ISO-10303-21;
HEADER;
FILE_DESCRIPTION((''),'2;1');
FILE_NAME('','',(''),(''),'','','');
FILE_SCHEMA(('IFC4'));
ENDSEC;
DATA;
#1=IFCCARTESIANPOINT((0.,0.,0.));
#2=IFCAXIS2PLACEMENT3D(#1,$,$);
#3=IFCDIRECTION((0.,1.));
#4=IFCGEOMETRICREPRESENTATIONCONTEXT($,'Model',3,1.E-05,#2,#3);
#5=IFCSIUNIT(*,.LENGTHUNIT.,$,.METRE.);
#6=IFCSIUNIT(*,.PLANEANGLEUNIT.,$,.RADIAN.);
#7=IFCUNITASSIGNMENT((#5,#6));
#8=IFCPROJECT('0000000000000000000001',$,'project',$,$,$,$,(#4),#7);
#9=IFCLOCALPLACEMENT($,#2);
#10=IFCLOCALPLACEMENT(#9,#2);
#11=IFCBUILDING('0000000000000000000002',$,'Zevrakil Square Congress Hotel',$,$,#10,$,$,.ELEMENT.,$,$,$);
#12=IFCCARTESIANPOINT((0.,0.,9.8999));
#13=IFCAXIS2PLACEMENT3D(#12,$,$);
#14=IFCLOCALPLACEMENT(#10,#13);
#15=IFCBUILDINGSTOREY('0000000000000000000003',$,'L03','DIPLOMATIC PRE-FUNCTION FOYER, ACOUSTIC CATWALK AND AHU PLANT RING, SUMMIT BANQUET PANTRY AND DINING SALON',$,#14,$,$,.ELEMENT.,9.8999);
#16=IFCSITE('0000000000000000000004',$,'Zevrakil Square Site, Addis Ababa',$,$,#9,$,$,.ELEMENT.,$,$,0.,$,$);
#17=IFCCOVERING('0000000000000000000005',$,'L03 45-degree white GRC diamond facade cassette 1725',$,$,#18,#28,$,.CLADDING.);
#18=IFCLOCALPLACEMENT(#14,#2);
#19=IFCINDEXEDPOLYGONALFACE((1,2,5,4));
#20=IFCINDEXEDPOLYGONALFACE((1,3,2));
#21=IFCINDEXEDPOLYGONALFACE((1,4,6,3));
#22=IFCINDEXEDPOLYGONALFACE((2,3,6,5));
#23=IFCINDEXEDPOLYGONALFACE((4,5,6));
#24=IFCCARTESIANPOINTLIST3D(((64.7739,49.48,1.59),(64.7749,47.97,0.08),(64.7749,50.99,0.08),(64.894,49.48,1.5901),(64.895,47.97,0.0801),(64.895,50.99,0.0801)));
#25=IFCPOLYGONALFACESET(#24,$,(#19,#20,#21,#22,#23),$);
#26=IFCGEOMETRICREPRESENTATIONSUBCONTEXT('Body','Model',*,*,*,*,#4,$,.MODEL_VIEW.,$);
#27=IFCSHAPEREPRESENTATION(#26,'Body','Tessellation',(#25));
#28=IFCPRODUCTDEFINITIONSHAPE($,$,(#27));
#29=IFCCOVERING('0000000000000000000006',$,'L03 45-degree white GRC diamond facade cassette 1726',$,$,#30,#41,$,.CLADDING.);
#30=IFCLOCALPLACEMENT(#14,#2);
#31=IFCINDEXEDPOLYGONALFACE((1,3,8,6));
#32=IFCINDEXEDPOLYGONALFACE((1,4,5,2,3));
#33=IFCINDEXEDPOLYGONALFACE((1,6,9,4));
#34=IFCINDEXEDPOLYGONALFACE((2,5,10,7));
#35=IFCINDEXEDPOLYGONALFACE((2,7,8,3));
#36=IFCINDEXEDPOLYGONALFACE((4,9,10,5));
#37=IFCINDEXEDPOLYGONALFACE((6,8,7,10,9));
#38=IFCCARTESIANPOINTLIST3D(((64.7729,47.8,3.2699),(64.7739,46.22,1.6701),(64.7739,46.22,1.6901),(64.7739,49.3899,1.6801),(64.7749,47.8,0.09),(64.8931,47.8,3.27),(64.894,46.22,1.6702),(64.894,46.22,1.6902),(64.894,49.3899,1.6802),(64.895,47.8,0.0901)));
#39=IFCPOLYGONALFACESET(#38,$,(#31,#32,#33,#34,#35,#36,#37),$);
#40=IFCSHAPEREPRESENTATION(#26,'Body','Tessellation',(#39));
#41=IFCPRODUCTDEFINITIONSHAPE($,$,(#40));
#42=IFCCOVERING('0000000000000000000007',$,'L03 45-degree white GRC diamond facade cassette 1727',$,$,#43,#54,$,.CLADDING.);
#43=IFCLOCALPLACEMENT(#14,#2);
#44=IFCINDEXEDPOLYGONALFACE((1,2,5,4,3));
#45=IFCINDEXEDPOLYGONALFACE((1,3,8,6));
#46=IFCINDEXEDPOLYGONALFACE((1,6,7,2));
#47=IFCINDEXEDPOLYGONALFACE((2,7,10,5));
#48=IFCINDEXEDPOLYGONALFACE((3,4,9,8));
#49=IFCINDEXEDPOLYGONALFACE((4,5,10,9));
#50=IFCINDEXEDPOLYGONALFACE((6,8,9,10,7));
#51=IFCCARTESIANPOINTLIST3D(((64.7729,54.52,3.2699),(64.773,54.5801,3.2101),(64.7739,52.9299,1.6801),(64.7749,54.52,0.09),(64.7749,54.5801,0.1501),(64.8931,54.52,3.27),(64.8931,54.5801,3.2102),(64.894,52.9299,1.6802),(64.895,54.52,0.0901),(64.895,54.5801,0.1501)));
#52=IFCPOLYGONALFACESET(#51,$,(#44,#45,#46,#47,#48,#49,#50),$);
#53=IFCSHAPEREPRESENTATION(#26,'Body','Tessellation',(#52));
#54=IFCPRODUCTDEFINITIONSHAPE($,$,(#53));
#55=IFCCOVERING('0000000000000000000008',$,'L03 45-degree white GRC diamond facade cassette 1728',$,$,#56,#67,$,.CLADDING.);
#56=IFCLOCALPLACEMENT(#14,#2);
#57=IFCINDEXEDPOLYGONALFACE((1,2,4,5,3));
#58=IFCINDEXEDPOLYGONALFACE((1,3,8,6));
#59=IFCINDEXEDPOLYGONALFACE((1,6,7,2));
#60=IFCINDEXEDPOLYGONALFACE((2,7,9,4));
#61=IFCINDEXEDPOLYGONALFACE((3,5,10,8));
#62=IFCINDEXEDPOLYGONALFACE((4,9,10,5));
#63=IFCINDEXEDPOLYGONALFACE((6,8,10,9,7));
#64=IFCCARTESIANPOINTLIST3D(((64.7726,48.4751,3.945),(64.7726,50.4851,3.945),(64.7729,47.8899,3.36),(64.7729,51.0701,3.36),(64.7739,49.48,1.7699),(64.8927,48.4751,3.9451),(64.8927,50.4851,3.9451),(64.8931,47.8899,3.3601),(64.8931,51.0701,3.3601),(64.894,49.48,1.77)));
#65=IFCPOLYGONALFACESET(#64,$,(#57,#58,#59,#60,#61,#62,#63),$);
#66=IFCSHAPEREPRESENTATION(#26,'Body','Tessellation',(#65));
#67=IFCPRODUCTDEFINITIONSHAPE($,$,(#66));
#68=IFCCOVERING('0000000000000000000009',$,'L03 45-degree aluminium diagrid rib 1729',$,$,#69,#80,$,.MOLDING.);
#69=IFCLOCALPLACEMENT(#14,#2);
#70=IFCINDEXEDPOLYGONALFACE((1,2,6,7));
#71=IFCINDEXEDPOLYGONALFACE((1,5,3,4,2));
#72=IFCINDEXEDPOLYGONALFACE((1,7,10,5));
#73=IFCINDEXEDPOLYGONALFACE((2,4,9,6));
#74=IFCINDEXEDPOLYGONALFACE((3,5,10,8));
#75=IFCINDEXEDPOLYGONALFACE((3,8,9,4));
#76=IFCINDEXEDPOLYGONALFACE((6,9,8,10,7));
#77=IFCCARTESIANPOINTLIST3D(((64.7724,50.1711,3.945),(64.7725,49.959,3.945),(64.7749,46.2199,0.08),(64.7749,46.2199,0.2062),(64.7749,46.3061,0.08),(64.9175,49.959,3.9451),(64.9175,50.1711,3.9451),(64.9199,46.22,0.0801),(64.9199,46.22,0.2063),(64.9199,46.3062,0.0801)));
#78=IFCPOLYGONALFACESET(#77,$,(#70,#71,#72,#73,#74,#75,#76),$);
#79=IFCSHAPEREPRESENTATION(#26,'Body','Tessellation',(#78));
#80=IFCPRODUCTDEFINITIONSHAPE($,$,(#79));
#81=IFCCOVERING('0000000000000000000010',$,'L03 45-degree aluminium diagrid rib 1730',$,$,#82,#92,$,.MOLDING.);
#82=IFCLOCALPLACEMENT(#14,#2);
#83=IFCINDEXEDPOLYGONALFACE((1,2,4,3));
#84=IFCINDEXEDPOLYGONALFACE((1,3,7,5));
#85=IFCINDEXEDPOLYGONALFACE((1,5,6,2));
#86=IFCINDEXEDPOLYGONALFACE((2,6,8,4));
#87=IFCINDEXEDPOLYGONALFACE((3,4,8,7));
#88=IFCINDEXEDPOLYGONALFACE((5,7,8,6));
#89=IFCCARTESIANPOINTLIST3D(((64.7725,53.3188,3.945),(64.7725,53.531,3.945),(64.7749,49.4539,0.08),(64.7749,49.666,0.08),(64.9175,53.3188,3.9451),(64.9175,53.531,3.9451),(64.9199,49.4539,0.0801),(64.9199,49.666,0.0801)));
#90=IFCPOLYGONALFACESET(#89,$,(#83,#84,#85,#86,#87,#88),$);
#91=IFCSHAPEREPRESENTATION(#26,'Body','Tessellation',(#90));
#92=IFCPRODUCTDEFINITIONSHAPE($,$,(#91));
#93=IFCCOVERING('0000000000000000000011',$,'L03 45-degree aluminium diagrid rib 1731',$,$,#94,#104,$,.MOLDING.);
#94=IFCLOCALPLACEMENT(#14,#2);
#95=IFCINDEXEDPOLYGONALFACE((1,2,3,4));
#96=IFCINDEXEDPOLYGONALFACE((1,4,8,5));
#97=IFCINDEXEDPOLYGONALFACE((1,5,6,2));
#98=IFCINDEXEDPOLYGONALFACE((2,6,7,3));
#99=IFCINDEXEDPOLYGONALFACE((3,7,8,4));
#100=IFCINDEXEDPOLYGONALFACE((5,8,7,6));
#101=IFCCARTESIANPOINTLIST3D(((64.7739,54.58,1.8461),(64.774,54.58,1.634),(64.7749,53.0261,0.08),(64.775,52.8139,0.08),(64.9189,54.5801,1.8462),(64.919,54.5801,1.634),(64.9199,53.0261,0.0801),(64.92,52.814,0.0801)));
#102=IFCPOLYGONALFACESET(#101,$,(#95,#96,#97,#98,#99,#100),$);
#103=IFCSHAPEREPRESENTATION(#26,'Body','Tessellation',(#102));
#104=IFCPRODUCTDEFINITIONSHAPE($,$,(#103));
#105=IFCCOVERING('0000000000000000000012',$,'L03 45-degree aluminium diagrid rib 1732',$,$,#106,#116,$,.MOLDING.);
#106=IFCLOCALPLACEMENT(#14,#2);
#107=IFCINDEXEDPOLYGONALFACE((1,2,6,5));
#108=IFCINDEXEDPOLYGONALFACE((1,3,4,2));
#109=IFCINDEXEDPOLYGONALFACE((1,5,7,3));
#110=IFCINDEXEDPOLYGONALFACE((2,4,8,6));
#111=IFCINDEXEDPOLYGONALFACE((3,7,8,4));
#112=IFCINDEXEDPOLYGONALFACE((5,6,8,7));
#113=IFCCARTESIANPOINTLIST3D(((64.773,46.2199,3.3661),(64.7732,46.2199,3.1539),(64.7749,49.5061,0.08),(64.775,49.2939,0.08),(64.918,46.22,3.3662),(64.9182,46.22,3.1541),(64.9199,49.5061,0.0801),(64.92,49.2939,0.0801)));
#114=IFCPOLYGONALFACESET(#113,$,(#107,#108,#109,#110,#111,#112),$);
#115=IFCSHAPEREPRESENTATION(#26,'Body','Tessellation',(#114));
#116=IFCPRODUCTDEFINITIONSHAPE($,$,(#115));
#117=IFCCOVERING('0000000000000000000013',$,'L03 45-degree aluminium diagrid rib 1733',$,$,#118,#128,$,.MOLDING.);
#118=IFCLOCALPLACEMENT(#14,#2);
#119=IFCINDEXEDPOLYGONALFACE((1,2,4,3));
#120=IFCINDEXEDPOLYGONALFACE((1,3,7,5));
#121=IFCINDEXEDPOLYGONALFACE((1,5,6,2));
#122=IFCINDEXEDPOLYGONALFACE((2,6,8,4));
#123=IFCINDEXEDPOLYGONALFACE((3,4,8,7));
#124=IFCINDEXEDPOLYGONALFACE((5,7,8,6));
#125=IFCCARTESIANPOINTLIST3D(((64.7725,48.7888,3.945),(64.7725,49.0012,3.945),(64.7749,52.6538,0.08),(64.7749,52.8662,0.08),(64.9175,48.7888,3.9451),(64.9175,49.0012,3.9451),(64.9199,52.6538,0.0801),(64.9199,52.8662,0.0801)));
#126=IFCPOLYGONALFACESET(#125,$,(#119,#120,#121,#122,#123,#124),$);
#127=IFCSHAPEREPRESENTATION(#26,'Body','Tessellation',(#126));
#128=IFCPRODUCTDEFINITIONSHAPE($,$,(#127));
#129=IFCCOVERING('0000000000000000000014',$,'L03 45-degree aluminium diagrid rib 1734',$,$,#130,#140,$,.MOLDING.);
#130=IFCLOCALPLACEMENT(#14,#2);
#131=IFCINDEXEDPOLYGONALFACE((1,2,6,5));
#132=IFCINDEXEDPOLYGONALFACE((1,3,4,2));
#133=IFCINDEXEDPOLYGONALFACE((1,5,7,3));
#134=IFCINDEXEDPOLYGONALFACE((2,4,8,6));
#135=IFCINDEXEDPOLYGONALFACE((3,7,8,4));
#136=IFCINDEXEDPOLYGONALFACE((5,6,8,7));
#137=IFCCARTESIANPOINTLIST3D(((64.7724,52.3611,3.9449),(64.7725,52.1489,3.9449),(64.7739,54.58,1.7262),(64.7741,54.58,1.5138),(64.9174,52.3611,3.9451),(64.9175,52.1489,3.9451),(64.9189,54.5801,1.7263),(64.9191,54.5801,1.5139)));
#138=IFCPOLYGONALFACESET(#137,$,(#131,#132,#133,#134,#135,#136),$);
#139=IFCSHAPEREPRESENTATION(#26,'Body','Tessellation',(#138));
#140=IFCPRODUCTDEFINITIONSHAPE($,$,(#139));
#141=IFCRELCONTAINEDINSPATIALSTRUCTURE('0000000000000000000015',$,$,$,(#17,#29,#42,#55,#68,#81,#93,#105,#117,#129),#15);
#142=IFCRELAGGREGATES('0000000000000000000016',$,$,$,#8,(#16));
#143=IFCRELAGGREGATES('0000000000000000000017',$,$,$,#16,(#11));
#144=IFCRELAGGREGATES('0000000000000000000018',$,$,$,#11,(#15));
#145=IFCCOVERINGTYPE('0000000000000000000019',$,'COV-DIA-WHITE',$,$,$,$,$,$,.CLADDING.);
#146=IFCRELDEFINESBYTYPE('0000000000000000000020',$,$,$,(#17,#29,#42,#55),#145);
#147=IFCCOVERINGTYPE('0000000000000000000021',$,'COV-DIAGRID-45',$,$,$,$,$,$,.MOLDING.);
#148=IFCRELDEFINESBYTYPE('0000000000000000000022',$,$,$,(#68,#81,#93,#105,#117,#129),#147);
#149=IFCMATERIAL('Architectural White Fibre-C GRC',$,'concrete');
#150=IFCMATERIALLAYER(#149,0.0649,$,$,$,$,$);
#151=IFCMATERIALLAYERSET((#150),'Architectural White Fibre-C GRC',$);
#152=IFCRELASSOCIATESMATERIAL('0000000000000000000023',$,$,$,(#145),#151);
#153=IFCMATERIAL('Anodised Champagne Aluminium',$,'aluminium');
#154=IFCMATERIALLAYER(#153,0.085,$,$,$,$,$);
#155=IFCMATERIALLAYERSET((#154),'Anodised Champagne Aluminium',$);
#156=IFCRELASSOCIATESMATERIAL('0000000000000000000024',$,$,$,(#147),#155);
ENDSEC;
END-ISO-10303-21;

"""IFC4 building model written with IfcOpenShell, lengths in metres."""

from ifc_helpers import new_model, si_unit, direction, frame, origin, place, context, subcontext, project, spatial, polyline, outline, extrude, material, layer, layer_set, type_object, element, save


model = new_model("IFC4")

# Units and contexts
model_context = context("Model", 3, precision=1e-05, world=origin(), true_north=direction((0.0, 1.0)))
body_context = subcontext(model_context, "Body", "Model", "MODEL_VIEW")
ifc_project = project(units=[si_unit("LENGTHUNIT", "METRE"), si_unit("PLANEANGLEUNIT", "RADIAN")], contexts=[model_context])

# Site, building, storey
site_placement = place(None, origin())
site = spatial("IfcSite", under=ifc_project, at=site_placement, Name="Zevrakil Square Site, Addis Ababa", CompositionType="ELEMENT", RefElevation=0.0)
building_placement = place(site_placement, origin())
building = spatial("IfcBuilding", under=site, at=building_placement, Name="Zevrakil Square Congress Hotel", CompositionType="ELEMENT")
storey_placement = place(building_placement, frame((0.0, 0.0, 9.8999)))
storey = spatial("IfcBuildingStorey", under=building, at=storey_placement, Name="L03", Description="DIPLOMATIC PRE-FUNCTION FOYER, ACOUSTIC CATWALK AND AHU PLANT RING, SUMMIT BANQUET PANTRY AND DINING SALON", CompositionType="ELEMENT", Elevation=9.8999)

# Coverings
ifc_material_1 = material(Name="Architectural White Fibre-C GRC", Category="concrete")
ifc_layer_1 = layer(ifc_material_1, 0.0649)
ifc_layer_set_1 = layer_set([ifc_layer_1], Name="Architectural White Fibre-C GRC")
covering_type_1 = type_object("IfcCoveringType", Name="COV-DIA-WHITE", PredefinedType="CLADDING", material=ifc_layer_set_1)
covering_1_placement = place(storey_placement, frame((64.894, 49.48, 1.5901), z_axis=(1.0, 0.0, 0.000647), x_axis=(0.000457, 0.707107, -0.707107)))
element("IfcCovering", 1, at=covering_1_placement, inside=storey, type_object=covering_type_1, Name="L03 45-degree white GRC diamond facade cassette 1725", PredefinedType="CLADDING", context=body_context, shape_type="SweptSolid", body=[
    extrude(outline(polyline([(0.0, 0.0), (2.1355, 0.0), (0.0, -2.1355), (0.0, 0.0)])), origin(), (0.0, 0.0, -1.0), 0.1201),
])
covering_2_placement = place(storey_placement, frame((64.8931, 47.8, 3.27), z_axis=(1.0, 0.0, 0.000612), x_axis=(0.000433, 0.707107, -0.707107)))
element("IfcCovering", 2, at=covering_2_placement, inside=storey, type_object=covering_type_1, Name="L03 45-degree white GRC diamond facade cassette 1726", PredefinedType="CLADDING", context=body_context, shape_type="SweptSolid", body=[
    extrude(outline(polyline([(0.0, 0.0), (2.2484, 0.0), (2.2486, -2.2486), (0.014, -2.2486), (-0.0002, -2.2344), (0.0, 0.0)])), origin(), (0.0, 0.0, -1.0), 0.1201),
])
covering_3_placement = place(storey_placement, frame((64.895, 54.52, 0.0901), z_axis=(1.0, 0.0, 0.000615), x_axis=(-0.000435, -0.707107, 0.707107)))
element("IfcCovering", 3, at=covering_3_placement, inside=storey, type_object=covering_type_1, Name="L03 45-degree white GRC diamond facade cassette 1727", PredefinedType="CLADDING", context=body_context, shape_type="SweptSolid", body=[
    extrude(outline(polyline([(0.0, 0.0), (2.2487, 0.0), (2.2486, -2.2486), (2.1638, -2.2487), (0.0, -0.0849), (0.0, 0.0)])), origin(), (0.0, 0.0, -1.0), 0.1201),
])
covering_4_placement = place(storey_placement, frame((64.8931, 51.0701, 3.3601), z_axis=(1.0, 0.0, 0.000601), x_axis=(0.000425, -0.707107, -0.707107)))
element("IfcCovering", 4, at=covering_4_placement, inside=storey, type_object=covering_type_1, Name="L03 45-degree white GRC diamond facade cassette 1728", PredefinedType="CLADDING", context=body_context, shape_type="SweptSolid", body=[
    extrude(outline(polyline([(0.0, 0.0), (2.2487, 0.0), (2.2487, -2.2487), (1.4213, -2.2486), (0.0, -0.8273), (0.0, 0.0)])), origin(), (0.0, 0.0, -1.0), 0.1201),
])
ifc_material_2 = material(Name="Anodised Champagne Aluminium", Category="aluminium")
ifc_layer_2 = layer(ifc_material_2, 0.085)
ifc_layer_set_2 = layer_set([ifc_layer_2], Name="Anodised Champagne Aluminium")
covering_type_2 = type_object("IfcCoveringType", Name="COV-DIAGRID-45", PredefinedType="MOLDING", material=ifc_layer_set_2)
covering_5_placement = place(storey_placement, frame((64.9199, 46.3062, 0.0801), z_axis=(1.0, 0.00019, 0.000448), x_axis=(0.00019, -1.0, 0.0)))
element("IfcCovering", 5, at=covering_5_placement, inside=storey, type_object=covering_type_2, Name="L03 45-degree aluminium diagrid rib 1729", PredefinedType="MOLDING", context=body_context, shape_type="SweptSolid", body=[
    extrude(outline(polyline([(0.0, 0.0), (0.0862, 0.0), (0.0862, -0.1262), (-3.6528, -3.865), (-3.865, -3.865), (0.0, 0.0)])), origin(), (0.0, 0.0, -1.0), 0.145),
])
covering_6_placement = place(storey_placement, frame((64.9199, 49.666, 0.0801), z_axis=(1.0, 0.0, 0.000632), x_axis=(0.0, -1.0, 0.0)))
element("IfcCovering", 6, at=covering_6_placement, inside=storey, type_object=covering_type_2, Name="L03 45-degree aluminium diagrid rib 1730", PredefinedType="MOLDING", context=body_context, shape_type="SweptSolid", body=[
    extrude(outline(polyline([(0.0, 0.0), (0.2122, 0.0), (-3.6528, -3.865), (-3.865, -3.865), (0.0, 0.0)])), origin(), (0.0, 0.0, -1.0), 0.145),
])
covering_7_placement = place(storey_placement, frame((64.9199, 53.0261, 0.0801), z_axis=(1.0, 0.000294, 0.000294), x_axis=(0.000294, -1.0, 0.0)))
element("IfcCovering", 7, at=covering_7_placement, inside=storey, type_object=covering_type_2, Name="L03 45-degree aluminium diagrid rib 1731", PredefinedType="MOLDING", context=body_context, shape_type="SweptSolid", body=[
    extrude(outline(polyline([(0.0, 0.0), (0.2122, 0.0), (-1.554, -1.7661), (-1.554, -1.554), (0.0, 0.0)])), origin(), (0.0, 0.0, -1.0), 0.145),
])
covering_8_placement = place(storey_placement, frame((64.9182, 46.22, 3.1541), z_axis=(1.0, 0.000287, 0.000863), x_axis=(-0.000863, 0.0, 1.0)))
element("IfcCovering", 8, at=covering_8_placement, inside=storey, type_object=covering_type_2, Name="L03 45-degree aluminium diagrid rib 1732", PredefinedType="MOLDING", context=body_context, shape_type="SweptSolid", body=[
    extrude(outline(polyline([(0.0, 0.0), (0.2122, 0.0), (-3.074, -3.2861), (-3.074, -3.074), (0.0, 0.0)])), origin(), (0.0, 0.0, -1.0), 0.145),
])
covering_9_placement = place(storey_placement, frame((64.9175, 48.7888, 3.9451), z_axis=(1.0, 0.0, 0.000632), x_axis=(0.0, 1.0, 0.0)))
element("IfcCovering", 9, at=covering_9_placement, inside=storey, type_object=covering_type_2, Name="L03 45-degree aluminium diagrid rib 1733", PredefinedType="MOLDING", context=body_context, shape_type="SweptSolid", body=[
    extrude(outline(polyline([(0.0, 0.0), (0.2124, 0.0), (4.0774, -3.865), (3.865, -3.865), (0.0, 0.0)])), origin(), (0.0, 0.0, -1.0), 0.145),
])
covering_10_placement = place(storey_placement, frame((64.9175, 52.1489, 3.9451), z_axis=(1.0, 0.000234, 0.000916), x_axis=(-0.000234, 1.0, 0.0)))
element("IfcCovering", 10, at=covering_10_placement, inside=storey, type_object=covering_type_2, Name="L03 45-degree aluminium diagrid rib 1734", PredefinedType="MOLDING", context=body_context, shape_type="SweptSolid", body=[
    extrude(outline(polyline([(0.0, 0.0), (0.2122, 0.0), (2.4312, -2.2188), (2.4312, -2.4312), (0.0, 0.0)])), origin(), (0.0, 0.0, -1.0), 0.145),
])

save(model, "model.ifc")
